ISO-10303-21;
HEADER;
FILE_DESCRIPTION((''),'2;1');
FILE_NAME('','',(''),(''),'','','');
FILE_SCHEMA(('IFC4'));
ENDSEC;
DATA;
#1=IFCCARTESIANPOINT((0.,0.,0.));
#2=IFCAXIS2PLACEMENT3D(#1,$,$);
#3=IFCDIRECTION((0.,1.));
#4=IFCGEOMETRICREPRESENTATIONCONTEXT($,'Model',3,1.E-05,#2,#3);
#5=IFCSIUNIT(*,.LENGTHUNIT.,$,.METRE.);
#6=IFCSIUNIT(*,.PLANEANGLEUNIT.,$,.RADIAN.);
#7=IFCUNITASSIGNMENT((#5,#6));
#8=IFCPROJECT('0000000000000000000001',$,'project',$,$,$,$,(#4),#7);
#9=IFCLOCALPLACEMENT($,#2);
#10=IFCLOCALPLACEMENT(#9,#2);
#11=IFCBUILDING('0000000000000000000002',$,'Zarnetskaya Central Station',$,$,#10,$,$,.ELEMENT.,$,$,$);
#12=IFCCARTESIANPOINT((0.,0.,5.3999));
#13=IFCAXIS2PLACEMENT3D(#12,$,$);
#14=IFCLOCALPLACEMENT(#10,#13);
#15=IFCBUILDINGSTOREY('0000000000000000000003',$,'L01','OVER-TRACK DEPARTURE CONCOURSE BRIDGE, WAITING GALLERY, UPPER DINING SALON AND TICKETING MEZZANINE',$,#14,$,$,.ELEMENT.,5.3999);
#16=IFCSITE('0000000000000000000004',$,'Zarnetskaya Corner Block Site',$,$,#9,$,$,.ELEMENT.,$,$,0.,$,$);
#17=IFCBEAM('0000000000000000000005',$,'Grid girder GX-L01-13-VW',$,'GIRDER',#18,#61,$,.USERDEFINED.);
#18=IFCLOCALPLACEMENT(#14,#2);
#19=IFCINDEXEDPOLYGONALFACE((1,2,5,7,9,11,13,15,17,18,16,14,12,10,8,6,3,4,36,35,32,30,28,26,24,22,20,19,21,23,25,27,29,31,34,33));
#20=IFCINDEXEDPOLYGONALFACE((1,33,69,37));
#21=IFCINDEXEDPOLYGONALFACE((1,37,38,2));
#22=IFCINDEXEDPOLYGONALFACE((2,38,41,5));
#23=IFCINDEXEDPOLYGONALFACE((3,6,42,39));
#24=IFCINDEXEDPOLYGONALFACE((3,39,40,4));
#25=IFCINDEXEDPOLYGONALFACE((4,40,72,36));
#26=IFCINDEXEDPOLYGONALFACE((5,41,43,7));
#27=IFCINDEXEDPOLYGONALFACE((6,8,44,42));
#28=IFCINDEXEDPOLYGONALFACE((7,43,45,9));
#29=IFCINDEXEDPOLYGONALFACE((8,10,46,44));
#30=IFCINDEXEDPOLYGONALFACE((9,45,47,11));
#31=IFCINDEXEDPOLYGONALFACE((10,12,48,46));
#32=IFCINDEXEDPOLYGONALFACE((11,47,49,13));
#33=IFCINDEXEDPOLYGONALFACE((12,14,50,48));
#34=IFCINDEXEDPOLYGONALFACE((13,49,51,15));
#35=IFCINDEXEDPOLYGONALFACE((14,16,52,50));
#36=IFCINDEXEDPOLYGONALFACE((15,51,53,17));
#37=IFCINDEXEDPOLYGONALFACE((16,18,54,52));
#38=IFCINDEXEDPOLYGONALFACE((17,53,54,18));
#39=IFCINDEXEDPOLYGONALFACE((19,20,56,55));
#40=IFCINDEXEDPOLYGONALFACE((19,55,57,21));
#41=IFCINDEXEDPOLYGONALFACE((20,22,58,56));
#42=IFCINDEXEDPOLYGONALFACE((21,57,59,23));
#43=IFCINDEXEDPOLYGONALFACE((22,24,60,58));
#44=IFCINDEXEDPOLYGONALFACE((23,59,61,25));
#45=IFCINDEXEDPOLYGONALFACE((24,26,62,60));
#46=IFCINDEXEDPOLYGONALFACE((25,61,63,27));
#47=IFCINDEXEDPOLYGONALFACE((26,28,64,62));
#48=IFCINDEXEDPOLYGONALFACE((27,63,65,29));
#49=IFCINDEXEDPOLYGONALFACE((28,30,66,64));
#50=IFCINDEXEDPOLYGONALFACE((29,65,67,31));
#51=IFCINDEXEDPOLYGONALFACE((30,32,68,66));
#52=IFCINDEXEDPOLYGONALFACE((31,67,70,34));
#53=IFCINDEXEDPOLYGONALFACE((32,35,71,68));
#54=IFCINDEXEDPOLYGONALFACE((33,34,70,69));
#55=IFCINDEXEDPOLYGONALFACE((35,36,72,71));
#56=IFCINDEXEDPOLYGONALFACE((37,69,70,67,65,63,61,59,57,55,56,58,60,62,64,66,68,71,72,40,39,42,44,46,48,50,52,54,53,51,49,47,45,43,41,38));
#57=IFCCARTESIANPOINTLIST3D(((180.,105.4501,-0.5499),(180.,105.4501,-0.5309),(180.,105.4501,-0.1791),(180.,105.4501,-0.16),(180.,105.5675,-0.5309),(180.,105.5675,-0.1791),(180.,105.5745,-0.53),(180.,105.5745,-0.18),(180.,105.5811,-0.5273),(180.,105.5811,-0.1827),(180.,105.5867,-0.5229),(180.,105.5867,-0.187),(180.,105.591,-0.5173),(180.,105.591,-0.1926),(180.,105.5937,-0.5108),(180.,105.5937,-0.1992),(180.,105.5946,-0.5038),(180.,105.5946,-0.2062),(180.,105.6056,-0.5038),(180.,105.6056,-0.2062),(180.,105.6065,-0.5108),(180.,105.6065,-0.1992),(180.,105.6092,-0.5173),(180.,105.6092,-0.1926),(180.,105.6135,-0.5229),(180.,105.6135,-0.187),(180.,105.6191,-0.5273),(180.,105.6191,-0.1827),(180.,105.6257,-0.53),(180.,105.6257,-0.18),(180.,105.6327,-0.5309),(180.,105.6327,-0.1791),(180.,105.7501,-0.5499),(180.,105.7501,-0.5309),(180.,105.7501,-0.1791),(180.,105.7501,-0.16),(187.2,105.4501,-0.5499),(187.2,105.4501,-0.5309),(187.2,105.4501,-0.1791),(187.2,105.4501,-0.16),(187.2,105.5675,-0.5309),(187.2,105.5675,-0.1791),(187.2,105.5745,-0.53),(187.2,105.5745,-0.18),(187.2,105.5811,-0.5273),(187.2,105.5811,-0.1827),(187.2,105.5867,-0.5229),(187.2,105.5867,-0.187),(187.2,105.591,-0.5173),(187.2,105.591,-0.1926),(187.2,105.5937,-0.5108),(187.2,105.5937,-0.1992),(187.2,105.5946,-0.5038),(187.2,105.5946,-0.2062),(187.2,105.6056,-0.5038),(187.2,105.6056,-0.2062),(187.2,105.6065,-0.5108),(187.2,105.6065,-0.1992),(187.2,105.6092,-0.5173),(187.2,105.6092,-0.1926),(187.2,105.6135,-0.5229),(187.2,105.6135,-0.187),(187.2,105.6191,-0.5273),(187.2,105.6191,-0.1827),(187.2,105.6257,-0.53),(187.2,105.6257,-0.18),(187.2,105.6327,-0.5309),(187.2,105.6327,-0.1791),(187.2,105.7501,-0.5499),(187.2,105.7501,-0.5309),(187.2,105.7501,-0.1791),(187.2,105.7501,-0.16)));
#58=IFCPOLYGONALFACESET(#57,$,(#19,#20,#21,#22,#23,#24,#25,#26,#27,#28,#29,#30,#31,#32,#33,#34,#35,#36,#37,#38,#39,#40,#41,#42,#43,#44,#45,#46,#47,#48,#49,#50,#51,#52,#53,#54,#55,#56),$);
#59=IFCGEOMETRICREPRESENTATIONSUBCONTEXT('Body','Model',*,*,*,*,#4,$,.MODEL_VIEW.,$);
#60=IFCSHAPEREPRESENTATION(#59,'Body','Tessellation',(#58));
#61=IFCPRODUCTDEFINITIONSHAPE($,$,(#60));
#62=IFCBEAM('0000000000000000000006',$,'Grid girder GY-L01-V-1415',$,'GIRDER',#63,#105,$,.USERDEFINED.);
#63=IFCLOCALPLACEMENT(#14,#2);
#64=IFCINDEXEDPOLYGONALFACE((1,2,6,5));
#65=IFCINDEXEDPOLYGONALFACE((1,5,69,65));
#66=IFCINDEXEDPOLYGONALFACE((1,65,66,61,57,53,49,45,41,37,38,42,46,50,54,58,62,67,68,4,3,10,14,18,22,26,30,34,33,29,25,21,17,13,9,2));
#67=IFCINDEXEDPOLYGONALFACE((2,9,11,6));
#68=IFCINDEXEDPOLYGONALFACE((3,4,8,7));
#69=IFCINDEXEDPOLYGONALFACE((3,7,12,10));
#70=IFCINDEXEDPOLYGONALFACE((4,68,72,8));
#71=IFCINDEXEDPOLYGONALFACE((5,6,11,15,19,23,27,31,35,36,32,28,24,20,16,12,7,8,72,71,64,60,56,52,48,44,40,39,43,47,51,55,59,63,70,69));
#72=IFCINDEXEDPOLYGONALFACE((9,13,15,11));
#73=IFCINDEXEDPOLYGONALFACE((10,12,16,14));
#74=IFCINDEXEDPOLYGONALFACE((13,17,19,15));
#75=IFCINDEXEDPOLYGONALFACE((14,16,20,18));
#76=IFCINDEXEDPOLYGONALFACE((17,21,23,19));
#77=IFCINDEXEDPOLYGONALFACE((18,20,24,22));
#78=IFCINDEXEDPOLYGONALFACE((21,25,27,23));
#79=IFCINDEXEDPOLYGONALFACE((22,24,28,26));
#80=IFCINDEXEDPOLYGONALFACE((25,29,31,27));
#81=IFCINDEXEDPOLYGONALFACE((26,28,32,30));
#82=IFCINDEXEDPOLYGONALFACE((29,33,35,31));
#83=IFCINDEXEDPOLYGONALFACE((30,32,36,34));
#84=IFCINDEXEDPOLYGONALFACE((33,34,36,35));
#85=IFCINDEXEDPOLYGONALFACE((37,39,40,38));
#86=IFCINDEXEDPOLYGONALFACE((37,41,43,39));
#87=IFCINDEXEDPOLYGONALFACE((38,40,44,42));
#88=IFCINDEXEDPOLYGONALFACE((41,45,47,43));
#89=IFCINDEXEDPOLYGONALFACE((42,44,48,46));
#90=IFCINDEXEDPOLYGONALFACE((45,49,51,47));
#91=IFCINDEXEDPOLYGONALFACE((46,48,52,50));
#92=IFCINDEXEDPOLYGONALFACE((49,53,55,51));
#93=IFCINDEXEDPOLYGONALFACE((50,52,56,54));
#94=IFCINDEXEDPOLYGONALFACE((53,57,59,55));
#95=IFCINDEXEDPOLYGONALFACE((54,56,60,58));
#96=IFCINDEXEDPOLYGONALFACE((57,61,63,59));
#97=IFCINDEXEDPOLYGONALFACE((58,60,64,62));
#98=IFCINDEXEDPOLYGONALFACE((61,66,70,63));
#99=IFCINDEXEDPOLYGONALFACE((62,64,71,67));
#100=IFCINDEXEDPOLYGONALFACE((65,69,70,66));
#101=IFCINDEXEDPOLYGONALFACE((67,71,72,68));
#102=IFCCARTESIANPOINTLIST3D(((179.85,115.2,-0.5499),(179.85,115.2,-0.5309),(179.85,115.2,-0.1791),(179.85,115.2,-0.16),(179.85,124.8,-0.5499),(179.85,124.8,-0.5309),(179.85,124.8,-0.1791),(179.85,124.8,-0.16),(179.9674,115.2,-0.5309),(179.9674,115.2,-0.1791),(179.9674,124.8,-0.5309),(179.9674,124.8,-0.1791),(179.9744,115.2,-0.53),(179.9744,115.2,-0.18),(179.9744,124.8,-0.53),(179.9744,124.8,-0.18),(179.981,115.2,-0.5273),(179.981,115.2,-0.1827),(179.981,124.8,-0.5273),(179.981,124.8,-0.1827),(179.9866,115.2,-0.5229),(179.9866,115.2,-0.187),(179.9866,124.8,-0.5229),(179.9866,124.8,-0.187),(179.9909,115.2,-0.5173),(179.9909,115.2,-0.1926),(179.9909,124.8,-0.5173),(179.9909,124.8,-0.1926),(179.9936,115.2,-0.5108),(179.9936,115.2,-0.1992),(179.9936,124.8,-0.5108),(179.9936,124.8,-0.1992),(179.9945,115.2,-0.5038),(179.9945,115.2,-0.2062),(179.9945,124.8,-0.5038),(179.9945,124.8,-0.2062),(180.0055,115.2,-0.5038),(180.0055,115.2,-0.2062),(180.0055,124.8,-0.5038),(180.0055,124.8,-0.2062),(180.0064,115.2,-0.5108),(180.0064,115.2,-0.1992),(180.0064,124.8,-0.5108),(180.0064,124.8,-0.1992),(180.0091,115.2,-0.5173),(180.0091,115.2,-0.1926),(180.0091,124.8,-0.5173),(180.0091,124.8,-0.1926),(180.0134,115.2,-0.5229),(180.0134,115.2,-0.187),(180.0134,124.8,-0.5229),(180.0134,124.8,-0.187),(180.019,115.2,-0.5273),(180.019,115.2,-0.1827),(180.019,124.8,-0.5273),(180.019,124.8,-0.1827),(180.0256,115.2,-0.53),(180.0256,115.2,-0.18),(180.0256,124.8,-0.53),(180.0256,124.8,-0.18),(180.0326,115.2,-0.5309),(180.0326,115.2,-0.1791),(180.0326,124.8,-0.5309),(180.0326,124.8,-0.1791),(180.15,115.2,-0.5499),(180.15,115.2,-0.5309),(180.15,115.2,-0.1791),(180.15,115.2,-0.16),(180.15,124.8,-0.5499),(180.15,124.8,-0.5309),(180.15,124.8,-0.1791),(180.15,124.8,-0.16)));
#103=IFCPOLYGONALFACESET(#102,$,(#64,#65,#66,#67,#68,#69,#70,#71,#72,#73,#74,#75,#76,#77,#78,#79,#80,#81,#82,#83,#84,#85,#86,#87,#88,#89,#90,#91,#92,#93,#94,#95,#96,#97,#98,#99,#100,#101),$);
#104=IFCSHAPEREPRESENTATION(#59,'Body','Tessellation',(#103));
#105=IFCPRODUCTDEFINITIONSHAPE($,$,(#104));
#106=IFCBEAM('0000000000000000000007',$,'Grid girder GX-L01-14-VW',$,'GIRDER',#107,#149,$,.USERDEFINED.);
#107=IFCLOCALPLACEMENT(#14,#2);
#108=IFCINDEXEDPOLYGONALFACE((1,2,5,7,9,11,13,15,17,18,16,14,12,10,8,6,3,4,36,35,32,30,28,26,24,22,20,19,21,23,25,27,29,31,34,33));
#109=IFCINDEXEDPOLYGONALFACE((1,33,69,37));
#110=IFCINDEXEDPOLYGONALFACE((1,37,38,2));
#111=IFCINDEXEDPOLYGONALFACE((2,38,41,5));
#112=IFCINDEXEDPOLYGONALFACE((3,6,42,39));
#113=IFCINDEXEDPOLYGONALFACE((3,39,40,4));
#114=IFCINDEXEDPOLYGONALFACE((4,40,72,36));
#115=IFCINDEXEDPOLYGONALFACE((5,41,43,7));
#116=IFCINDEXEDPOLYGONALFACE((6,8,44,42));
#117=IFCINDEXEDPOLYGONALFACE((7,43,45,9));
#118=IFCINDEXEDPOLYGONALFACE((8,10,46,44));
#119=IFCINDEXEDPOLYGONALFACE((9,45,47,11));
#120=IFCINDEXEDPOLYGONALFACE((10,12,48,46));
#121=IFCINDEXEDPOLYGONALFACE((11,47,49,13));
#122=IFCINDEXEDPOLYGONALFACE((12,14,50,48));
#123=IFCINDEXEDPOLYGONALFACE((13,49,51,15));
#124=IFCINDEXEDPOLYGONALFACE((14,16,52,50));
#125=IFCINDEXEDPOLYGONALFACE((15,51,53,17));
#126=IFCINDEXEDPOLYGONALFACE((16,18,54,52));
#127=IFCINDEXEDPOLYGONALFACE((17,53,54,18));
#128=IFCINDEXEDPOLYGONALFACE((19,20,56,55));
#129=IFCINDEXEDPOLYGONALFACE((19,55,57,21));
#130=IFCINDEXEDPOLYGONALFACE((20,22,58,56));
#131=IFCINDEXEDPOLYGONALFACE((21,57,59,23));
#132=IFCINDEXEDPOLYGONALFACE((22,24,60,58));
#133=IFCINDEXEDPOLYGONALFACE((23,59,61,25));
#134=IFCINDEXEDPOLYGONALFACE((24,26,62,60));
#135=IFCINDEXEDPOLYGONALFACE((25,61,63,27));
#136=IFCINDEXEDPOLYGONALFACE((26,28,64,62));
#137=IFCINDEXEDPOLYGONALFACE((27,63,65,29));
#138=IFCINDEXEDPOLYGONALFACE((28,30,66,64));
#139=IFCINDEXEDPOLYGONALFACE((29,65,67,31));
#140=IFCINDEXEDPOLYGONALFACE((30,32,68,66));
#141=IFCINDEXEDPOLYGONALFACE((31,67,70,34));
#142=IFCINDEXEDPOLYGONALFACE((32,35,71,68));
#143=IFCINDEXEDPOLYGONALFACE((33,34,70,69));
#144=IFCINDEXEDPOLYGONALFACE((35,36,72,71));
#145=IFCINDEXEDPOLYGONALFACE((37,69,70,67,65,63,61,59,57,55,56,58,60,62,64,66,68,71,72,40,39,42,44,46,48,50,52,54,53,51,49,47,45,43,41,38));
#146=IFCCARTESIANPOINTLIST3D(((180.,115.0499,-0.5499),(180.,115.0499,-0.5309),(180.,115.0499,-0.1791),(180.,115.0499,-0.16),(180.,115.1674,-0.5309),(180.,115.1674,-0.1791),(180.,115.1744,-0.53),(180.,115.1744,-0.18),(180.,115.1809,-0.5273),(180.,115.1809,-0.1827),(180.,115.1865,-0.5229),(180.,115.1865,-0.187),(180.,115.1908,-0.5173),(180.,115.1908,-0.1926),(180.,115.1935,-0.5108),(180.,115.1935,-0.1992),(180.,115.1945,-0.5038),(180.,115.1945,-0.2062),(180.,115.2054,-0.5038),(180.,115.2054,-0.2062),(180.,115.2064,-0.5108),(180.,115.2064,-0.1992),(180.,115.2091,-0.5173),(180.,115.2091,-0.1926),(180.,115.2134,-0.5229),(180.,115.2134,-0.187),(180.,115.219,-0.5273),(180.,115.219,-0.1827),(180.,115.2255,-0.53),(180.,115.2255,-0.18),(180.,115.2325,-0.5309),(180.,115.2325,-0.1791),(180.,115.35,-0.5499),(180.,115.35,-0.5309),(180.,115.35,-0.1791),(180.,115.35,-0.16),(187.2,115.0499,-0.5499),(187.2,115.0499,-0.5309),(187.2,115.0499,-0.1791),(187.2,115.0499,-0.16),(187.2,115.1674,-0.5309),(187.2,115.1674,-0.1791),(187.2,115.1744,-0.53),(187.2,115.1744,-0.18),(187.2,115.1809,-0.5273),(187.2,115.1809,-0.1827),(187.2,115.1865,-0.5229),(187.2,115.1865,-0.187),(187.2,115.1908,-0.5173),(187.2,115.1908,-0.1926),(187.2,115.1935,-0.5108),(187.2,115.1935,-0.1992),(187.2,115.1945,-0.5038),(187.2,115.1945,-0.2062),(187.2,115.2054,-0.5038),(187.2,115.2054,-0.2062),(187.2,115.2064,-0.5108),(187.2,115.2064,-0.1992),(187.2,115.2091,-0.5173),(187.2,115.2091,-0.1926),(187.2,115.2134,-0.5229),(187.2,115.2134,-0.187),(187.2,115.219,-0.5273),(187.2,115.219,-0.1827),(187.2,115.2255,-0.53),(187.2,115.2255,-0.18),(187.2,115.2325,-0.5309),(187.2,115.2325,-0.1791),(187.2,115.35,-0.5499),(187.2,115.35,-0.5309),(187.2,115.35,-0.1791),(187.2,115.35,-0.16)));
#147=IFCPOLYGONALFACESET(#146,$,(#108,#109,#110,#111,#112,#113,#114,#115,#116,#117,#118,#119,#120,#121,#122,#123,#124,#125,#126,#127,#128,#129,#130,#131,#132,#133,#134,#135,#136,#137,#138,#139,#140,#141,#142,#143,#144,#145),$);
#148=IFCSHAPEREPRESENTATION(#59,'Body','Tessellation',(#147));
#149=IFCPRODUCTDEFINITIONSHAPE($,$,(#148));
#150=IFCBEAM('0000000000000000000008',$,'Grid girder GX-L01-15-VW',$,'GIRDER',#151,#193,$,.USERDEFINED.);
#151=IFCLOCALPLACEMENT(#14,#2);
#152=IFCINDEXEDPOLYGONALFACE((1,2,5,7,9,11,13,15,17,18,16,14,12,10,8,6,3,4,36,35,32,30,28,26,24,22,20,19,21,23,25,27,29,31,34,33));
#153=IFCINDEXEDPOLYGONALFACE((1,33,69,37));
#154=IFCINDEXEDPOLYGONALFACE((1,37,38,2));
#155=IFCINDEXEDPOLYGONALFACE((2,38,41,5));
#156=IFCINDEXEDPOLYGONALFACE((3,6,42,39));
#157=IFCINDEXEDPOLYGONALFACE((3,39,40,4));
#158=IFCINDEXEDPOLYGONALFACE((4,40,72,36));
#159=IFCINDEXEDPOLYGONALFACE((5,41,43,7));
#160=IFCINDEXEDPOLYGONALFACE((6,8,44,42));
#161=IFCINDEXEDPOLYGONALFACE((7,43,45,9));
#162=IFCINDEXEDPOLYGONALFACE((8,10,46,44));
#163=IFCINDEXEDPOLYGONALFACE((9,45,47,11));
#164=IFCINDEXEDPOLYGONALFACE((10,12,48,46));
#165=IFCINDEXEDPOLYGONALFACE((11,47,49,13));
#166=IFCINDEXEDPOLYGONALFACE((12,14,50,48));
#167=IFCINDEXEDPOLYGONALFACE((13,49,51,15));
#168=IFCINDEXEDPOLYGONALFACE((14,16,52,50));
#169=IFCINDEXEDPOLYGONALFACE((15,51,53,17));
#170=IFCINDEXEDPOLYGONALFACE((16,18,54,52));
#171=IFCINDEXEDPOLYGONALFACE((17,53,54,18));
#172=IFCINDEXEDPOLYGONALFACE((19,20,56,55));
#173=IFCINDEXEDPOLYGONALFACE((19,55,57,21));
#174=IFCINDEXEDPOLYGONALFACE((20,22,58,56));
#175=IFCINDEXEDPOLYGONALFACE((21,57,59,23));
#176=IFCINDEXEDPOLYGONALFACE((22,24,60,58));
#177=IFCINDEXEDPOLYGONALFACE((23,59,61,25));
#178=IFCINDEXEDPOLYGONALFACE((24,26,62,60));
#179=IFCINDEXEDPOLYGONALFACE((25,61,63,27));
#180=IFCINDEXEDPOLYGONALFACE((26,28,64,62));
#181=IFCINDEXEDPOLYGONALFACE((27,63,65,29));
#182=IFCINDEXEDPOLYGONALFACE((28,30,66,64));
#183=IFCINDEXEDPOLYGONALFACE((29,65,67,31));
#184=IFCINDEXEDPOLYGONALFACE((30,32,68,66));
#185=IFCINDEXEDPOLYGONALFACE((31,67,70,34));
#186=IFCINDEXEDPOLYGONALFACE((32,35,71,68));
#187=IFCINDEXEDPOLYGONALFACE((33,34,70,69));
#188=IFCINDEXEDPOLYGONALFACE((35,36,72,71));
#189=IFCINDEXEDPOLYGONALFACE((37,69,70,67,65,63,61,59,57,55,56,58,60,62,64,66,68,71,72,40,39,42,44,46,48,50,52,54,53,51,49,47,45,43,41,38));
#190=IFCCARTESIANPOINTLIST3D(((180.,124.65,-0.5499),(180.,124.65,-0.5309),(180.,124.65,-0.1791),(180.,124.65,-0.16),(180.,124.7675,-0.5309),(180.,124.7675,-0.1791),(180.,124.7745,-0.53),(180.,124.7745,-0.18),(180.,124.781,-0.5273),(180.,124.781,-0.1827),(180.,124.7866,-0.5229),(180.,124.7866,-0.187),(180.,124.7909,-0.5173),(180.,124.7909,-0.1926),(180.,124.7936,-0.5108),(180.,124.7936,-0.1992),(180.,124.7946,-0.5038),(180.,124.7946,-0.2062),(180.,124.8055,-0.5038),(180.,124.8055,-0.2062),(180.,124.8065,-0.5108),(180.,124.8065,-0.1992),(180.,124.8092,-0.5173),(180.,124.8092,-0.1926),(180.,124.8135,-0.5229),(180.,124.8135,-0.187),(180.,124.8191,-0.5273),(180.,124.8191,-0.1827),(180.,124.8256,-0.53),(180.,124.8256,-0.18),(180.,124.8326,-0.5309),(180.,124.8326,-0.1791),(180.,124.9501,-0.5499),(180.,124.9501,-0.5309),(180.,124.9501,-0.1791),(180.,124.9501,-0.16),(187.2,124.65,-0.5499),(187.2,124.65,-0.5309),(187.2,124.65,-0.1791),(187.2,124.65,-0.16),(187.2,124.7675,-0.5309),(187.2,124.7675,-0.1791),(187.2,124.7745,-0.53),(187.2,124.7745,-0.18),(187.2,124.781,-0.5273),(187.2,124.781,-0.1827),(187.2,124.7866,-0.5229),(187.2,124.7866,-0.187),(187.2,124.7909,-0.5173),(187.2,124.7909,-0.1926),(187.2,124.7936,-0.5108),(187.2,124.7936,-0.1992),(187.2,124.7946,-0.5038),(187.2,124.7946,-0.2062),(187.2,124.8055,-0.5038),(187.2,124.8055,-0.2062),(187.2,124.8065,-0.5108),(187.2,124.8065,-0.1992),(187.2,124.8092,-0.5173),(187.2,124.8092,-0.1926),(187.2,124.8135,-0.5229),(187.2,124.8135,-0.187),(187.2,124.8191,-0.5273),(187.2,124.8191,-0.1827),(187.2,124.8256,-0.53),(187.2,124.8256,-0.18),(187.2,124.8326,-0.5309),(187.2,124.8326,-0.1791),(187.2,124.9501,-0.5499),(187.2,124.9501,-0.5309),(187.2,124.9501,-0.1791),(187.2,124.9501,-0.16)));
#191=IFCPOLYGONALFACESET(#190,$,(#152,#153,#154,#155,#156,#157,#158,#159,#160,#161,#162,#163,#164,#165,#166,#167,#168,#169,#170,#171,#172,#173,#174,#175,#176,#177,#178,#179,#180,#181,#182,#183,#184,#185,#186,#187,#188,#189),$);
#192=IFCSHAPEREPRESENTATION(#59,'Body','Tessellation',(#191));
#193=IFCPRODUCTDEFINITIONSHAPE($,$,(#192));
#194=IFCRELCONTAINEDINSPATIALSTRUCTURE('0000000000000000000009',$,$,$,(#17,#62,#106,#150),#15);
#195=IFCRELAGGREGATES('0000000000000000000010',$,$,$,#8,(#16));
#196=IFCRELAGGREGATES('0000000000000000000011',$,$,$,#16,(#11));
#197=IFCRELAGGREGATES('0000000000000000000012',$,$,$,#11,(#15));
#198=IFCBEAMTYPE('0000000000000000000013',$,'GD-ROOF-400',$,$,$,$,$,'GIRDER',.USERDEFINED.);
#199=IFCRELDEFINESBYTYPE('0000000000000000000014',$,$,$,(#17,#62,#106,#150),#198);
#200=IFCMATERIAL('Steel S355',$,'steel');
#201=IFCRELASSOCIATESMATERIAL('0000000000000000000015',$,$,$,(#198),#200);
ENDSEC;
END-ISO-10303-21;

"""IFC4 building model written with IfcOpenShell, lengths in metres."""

from ifc_helpers import new_model, si_unit, direction, frame, origin, origin_2d, place, context, subcontext, project, spatial, i_section, extrude, material, material_profile, profile_set, type_object, element, save


model = new_model("IFC4")

# Units and contexts
model_context = context("Model", 3, precision=1e-05, world=origin(), true_north=direction((0.0, 1.0)))
body_context = subcontext(model_context, "Body", "Model", "MODEL_VIEW")
ifc_project = project(units=[si_unit("LENGTHUNIT", "METRE"), si_unit("PLANEANGLEUNIT", "RADIAN")], contexts=[model_context])

# Site, building, storey
site_placement = place(None, origin())
site = spatial("IfcSite", under=ifc_project, at=site_placement, Name="Zarnetskaya Corner Block Site", CompositionType="ELEMENT", RefElevation=0.0)
building_placement = place(site_placement, origin())
building = spatial("IfcBuilding", under=site, at=building_placement, Name="Zarnetskaya Central Station", CompositionType="ELEMENT")
storey_placement = place(building_placement, frame((0.0, 0.0, 5.3999)))
storey = spatial("IfcBuildingStorey", under=building, at=storey_placement, Name="L01", Description="OVER-TRACK DEPARTURE CONCOURSE BRIDGE, WAITING GALLERY, UPPER DINING SALON AND TICKETING MEZZANINE", CompositionType="ELEMENT", Elevation=5.3999)

# Beams
ifc_material = material(Name="Steel S355", Category="steel")
ifc_material_profile_1 = material_profile(ifc_material, i_section(OverallWidth=0.3, OverallDepth=0.3899, WebThickness=0.011, FlangeThickness=0.019, FilletRadius=0.0271, at=origin_2d()), Name="HEA 400")
ifc_profile_set_1 = profile_set([ifc_material_profile_1], Name="Steel S355")
beam_type_1 = type_object("IfcBeamType", Name="GD-ROOF-400", ElementType="GIRDER", PredefinedType="USERDEFINED", material=ifc_profile_set_1)
beam_1_placement = place(storey_placement, frame((180.0, 105.6001, -0.355), z_axis=(1.0, 0.0, 0.0), x_axis=(0.0, 1.0, 0.0)))
element("IfcBeam", 1, at=beam_1_placement, inside=storey, type_object=beam_type_1, Name="Grid girder GX-L01-13-VW", ObjectType="GIRDER", PredefinedType="USERDEFINED", context=body_context, shape_type="SweptSolid", body=[
    extrude(i_section(OverallWidth=0.3, OverallDepth=0.3899, WebThickness=0.011, FlangeThickness=0.019, FilletRadius=0.0271, at=origin_2d()), origin(), (0.0, 0.0, 1.0), 7.2),
])
beam_2_placement = place(storey_placement, frame((180.0, 115.2, -0.355), z_axis=(0.0, 1.0, 0.0), x_axis=(-1.0, 0.0, 0.0)))
element("IfcBeam", 2, at=beam_2_placement, inside=storey, type_object=beam_type_1, Name="Grid girder GY-L01-V-1415", ObjectType="GIRDER", PredefinedType="USERDEFINED", context=body_context, shape_type="SweptSolid", body=[
    extrude(i_section(OverallWidth=0.3, OverallDepth=0.3899, WebThickness=0.011, FlangeThickness=0.019, FilletRadius=0.0271, at=origin_2d()), origin(), (0.0, 0.0, 1.0), 9.6001),
])
for number, where, z_axis, x_axis, name in (
    (3, (180.0, 115.2, -0.355), (1.0, 0.0, 0.0), (0.0, 1.0, 0.0), "Grid girder GX-L01-14-VW"),
    (4, (180.0, 124.8, -0.355), (1.0, 0.0, 0.0), (0.0, 1.0, 0.0), "Grid girder GX-L01-15-VW"),
):
    element("IfcBeam", number, at=place(storey_placement, frame(where, z_axis=z_axis, x_axis=x_axis)), inside=storey, type_object=beam_type_1, Name=name, ObjectType="GIRDER", PredefinedType="USERDEFINED", context=body_context, shape_type="SweptSolid", body=[
        extrude(i_section(OverallWidth=0.3, OverallDepth=0.3899, WebThickness=0.011, FlangeThickness=0.019, FilletRadius=0.0271, at=origin_2d()), origin(), (0.0, 0.0, 1.0), 7.2),
    ])

save(model, "model.ifc")
